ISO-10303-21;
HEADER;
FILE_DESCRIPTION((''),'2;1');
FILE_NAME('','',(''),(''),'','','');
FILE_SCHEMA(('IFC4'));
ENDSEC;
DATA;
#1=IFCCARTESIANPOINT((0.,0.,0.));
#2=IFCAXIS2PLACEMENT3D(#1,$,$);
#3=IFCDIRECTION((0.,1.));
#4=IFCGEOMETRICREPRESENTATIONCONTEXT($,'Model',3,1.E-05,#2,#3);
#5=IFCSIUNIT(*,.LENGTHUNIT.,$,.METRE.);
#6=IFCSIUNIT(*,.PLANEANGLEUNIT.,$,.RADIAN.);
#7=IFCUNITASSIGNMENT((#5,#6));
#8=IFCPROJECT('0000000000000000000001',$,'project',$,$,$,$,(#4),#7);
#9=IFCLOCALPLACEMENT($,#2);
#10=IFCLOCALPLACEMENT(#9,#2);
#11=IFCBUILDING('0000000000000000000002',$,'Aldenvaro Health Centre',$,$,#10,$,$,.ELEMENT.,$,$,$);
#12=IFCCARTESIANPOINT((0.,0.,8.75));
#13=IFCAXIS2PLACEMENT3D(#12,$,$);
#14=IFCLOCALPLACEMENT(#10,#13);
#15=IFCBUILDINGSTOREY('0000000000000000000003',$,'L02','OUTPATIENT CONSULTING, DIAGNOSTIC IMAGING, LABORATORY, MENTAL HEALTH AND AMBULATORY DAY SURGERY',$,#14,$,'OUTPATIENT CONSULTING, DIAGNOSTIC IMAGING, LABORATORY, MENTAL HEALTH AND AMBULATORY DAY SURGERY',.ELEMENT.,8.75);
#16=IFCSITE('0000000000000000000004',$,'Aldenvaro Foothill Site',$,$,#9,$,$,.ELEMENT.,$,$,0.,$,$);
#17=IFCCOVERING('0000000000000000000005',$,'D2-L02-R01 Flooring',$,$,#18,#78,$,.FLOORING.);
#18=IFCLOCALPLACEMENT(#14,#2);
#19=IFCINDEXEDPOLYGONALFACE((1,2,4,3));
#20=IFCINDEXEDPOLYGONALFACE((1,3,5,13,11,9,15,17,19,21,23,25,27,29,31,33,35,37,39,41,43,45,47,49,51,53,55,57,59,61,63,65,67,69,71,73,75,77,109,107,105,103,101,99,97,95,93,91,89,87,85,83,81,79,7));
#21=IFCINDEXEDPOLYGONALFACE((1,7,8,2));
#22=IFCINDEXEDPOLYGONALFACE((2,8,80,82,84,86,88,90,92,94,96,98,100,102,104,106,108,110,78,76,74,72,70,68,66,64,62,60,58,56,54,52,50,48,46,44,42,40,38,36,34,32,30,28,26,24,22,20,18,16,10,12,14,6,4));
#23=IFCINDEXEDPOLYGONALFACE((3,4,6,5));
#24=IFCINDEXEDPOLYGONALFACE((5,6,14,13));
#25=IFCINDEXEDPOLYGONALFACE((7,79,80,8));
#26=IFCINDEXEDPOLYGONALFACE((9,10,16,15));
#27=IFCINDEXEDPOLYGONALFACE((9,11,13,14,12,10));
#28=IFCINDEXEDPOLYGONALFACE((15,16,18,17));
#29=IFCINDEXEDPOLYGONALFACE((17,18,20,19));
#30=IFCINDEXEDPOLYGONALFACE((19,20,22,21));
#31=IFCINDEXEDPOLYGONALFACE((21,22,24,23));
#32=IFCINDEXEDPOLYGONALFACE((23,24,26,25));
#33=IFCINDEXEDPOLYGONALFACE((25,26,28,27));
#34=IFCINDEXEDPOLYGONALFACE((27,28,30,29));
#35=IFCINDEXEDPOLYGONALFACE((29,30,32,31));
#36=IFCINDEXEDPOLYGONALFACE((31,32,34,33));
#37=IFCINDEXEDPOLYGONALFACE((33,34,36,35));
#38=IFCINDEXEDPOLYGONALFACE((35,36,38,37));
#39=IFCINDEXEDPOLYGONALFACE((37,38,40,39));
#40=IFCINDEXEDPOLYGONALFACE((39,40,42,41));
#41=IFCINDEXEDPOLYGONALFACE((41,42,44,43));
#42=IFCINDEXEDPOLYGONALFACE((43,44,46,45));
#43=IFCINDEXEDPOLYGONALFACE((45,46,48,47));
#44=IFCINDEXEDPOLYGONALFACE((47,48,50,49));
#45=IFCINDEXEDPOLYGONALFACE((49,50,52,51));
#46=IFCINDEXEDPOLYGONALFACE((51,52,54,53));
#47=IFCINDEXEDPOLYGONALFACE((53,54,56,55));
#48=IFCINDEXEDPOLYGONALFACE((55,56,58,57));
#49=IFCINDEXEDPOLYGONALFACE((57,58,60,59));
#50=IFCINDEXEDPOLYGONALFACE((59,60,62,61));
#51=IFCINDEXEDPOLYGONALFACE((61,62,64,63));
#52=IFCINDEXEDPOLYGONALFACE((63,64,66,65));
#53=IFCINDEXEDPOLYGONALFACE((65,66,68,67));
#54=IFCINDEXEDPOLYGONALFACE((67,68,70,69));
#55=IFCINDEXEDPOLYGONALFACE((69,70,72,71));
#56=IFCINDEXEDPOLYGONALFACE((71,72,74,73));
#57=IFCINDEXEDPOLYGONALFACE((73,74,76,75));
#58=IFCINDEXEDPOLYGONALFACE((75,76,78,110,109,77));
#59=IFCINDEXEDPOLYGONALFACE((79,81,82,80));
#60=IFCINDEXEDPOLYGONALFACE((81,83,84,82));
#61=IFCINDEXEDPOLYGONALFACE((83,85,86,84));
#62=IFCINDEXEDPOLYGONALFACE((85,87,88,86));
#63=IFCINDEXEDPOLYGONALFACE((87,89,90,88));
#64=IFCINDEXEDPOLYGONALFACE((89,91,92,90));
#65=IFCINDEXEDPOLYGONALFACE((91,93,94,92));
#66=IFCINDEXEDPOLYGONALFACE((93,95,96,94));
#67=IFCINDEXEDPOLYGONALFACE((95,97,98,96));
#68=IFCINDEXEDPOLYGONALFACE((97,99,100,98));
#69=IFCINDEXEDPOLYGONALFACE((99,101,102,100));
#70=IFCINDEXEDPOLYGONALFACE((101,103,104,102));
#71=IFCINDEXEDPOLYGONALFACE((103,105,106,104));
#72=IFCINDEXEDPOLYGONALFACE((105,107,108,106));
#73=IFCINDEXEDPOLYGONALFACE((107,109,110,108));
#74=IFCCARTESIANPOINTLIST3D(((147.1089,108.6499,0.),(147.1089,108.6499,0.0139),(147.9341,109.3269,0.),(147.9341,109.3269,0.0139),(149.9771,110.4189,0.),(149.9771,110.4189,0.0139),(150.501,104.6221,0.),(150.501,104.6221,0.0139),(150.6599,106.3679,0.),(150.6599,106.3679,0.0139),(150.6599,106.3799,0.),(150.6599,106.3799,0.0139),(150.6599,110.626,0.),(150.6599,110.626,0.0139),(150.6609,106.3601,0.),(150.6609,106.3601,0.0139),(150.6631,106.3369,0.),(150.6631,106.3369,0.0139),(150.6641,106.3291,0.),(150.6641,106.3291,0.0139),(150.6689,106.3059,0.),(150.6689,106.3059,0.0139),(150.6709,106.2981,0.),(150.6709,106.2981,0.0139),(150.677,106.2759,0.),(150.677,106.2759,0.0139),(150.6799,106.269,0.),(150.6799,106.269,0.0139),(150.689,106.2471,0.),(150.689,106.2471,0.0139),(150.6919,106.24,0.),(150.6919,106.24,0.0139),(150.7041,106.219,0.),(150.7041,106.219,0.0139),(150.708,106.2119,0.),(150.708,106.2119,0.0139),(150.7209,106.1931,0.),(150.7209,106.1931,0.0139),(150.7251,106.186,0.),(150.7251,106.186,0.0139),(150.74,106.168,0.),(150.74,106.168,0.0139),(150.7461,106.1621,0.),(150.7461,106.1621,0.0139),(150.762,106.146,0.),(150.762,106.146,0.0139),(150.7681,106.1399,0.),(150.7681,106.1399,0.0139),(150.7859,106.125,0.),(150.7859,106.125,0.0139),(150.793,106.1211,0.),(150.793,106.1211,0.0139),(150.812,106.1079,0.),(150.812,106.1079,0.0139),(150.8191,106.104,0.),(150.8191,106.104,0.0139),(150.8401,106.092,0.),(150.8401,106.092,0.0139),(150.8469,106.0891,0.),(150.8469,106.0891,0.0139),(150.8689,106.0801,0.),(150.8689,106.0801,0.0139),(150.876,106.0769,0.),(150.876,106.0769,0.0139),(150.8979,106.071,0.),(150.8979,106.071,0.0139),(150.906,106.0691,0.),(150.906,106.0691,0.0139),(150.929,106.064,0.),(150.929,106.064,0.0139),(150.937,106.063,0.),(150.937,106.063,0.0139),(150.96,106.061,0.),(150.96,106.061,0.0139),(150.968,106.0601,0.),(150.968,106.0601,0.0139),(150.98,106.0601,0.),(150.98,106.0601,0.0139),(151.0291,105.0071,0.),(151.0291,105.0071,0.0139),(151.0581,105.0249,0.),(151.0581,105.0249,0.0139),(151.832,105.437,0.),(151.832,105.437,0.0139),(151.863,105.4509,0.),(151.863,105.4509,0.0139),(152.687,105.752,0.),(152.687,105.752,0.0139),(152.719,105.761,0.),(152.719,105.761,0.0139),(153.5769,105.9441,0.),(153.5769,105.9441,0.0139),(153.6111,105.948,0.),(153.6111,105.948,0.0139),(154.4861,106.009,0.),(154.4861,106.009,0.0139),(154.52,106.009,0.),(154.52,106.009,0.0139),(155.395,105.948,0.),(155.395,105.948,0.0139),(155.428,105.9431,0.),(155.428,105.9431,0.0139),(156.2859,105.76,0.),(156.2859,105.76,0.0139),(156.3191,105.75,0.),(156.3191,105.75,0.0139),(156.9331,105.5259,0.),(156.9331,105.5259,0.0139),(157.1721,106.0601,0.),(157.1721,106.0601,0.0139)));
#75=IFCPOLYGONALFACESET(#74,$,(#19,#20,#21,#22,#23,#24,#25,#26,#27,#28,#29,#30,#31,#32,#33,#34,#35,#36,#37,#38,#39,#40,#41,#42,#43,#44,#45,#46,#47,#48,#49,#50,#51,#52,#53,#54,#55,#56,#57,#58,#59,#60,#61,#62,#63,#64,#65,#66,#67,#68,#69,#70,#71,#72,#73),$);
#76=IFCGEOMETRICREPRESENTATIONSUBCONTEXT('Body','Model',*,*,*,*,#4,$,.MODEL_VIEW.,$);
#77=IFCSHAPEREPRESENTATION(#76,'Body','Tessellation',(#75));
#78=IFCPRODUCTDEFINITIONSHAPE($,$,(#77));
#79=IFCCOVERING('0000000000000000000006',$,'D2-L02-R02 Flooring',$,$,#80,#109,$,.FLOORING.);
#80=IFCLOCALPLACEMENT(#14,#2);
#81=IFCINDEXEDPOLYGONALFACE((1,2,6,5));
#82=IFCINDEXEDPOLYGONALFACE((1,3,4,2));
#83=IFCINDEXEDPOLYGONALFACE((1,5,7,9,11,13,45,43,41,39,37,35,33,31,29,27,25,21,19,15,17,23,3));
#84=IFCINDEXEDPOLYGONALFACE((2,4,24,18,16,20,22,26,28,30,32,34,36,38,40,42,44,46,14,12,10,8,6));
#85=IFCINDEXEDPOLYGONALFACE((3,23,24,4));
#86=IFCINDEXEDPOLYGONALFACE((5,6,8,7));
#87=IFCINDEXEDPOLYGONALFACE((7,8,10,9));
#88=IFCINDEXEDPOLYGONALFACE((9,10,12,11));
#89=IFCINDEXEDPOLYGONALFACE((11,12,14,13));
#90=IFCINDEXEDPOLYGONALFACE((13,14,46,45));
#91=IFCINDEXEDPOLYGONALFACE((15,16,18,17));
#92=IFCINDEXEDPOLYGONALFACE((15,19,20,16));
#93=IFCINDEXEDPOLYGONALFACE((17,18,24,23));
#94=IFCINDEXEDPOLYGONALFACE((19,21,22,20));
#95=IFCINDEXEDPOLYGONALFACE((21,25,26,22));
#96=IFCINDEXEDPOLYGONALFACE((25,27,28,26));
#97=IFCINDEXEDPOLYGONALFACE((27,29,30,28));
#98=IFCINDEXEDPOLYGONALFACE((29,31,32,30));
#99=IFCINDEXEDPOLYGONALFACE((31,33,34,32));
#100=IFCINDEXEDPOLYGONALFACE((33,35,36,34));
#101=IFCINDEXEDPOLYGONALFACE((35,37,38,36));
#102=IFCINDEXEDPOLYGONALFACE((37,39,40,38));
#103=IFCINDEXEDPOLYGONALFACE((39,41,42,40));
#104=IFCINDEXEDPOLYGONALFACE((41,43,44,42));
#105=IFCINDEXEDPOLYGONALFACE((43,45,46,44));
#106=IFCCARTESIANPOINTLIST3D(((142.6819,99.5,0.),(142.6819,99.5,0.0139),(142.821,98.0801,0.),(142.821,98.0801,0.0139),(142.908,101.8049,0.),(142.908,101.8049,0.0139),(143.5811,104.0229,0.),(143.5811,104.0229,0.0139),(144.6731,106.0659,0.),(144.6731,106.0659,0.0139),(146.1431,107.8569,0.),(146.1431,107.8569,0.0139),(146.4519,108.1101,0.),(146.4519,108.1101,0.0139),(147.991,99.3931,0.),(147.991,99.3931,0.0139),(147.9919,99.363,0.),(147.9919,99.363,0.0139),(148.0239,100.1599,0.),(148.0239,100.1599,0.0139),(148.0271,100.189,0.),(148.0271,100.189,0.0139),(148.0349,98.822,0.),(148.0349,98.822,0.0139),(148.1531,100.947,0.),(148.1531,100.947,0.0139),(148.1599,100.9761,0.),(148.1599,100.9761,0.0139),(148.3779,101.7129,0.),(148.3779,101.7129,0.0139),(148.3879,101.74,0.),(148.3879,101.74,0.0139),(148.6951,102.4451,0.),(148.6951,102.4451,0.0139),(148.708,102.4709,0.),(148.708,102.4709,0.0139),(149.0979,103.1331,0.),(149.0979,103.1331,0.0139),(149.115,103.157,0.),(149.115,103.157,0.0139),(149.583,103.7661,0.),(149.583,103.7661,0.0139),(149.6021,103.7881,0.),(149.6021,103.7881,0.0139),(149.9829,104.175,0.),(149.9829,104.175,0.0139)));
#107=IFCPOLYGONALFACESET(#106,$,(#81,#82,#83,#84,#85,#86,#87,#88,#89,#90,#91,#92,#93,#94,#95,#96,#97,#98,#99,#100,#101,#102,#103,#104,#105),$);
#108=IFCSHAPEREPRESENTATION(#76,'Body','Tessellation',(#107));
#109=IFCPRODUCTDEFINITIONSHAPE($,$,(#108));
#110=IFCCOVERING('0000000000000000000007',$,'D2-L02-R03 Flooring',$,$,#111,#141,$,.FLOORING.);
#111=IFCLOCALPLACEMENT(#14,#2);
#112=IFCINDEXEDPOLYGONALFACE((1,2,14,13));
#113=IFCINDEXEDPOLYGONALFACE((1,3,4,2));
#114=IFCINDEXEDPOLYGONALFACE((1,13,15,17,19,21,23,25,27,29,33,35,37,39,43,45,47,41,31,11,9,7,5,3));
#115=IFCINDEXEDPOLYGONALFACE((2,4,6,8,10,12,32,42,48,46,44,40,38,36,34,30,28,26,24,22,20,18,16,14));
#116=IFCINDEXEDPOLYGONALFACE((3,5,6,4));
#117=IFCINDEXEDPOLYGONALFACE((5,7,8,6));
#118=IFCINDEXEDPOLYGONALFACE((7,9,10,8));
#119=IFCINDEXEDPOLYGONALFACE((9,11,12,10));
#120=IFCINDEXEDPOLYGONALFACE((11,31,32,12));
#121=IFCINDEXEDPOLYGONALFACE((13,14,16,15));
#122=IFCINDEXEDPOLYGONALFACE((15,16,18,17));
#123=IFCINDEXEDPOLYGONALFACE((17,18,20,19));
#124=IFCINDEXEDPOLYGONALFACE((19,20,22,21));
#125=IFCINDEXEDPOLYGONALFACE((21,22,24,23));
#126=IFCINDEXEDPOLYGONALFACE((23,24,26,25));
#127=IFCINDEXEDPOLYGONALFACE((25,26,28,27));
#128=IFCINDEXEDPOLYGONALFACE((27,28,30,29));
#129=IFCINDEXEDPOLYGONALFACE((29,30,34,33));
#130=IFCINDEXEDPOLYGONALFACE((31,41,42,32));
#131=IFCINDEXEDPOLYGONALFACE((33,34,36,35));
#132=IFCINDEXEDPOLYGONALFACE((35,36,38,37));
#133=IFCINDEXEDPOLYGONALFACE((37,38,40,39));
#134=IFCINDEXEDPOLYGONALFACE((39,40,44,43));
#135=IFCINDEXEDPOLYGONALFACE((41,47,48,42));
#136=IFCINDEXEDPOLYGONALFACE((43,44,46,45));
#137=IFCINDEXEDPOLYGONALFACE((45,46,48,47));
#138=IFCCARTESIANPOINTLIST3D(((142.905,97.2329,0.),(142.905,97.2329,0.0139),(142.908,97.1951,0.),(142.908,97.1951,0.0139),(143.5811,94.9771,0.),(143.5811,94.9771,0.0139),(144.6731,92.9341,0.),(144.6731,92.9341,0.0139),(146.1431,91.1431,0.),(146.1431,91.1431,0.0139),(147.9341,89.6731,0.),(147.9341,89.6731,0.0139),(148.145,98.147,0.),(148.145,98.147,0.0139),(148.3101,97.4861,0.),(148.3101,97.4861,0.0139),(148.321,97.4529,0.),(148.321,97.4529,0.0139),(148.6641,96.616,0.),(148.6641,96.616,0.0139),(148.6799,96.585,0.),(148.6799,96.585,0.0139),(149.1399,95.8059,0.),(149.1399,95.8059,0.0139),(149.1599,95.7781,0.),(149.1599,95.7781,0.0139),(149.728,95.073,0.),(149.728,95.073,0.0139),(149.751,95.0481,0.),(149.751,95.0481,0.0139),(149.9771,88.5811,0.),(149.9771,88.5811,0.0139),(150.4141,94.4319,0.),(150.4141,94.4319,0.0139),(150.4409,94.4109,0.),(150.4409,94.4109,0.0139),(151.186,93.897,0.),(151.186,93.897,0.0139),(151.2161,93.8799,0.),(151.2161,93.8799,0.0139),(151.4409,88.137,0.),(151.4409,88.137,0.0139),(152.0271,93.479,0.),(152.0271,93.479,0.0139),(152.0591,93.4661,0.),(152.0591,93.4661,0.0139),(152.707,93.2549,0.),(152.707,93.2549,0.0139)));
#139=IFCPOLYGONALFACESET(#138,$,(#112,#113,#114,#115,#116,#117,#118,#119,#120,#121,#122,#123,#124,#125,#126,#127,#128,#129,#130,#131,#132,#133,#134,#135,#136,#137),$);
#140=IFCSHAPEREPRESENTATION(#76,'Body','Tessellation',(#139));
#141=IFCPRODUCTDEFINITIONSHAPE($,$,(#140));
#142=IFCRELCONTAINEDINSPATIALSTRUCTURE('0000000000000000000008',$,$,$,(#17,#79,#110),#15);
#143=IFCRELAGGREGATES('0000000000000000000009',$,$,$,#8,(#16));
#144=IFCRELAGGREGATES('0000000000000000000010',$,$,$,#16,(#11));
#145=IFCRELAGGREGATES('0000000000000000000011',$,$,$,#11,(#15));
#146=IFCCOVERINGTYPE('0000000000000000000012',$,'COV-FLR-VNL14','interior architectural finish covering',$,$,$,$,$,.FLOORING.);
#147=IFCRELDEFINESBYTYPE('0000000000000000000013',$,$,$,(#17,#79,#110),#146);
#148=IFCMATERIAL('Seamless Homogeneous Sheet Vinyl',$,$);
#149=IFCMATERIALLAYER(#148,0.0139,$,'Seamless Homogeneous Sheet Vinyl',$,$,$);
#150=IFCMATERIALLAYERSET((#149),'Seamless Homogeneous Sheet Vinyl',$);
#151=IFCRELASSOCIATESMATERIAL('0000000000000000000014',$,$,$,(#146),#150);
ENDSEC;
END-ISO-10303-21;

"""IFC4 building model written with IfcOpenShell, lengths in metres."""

from ifc_helpers import new_model, si_unit, direction, frame, origin, place, context, subcontext, project, spatial, polyline, outline, extrude, material, layer, layer_set, type_object, element, save


model = new_model("IFC4")

# Units and contexts
model_context = context("Model", 3, precision=1e-05, world=origin(), true_north=direction((0.0, 1.0)))
body_context = subcontext(model_context, "Body", "Model", "MODEL_VIEW")
ifc_project = project(units=[si_unit("LENGTHUNIT", "METRE"), si_unit("PLANEANGLEUNIT", "RADIAN")], contexts=[model_context])

# Site, building, storey
site_placement = place(None, origin())
site = spatial("IfcSite", under=ifc_project, at=site_placement, Name="Aldenvaro Foothill Site", CompositionType="ELEMENT", RefElevation=0.0)
building_placement = place(site_placement, origin())
building = spatial("IfcBuilding", under=site, at=building_placement, Name="Aldenvaro Health Centre", CompositionType="ELEMENT")
storey_placement = place(building_placement, frame((0.0, 0.0, 8.75)))
storey = spatial("IfcBuildingStorey", under=building, at=storey_placement, Name="L02", Description="OUTPATIENT CONSULTING, DIAGNOSTIC IMAGING, LABORATORY, MENTAL HEALTH AND AMBULATORY DAY SURGERY", LongName="OUTPATIENT CONSULTING, DIAGNOSTIC IMAGING, LABORATORY, MENTAL HEALTH AND AMBULATORY DAY SURGERY", CompositionType="ELEMENT", Elevation=8.75)

# Coverings
ifc_material_1 = material(Name="Seamless Homogeneous Sheet Vinyl")
ifc_layer_1 = layer(ifc_material_1, 0.0139, Name="Seamless Homogeneous Sheet Vinyl")
ifc_layer_set_1 = layer_set([ifc_layer_1], Name="Seamless Homogeneous Sheet Vinyl")
covering_type_1 = type_object("IfcCoveringType", Name="COV-FLR-VNL14", Description="interior architectural finish covering", PredefinedType="FLOORING", material=ifc_layer_set_1)
covering_1_placement = place(storey_placement, origin())
element("IfcCovering", 1, at=covering_1_placement, inside=storey, type_object=covering_type_1, Name="D2-L02-R01 Flooring", PredefinedType="FLOORING", context=body_context, shape_type="SweptSolid", body=[
    extrude(outline(polyline([(156.3191, 105.75), (156.2859, 105.76), (155.428, 105.9431), (155.395, 105.948), (154.52, 106.009), (154.4861, 106.009), (153.6111, 105.948), (153.5769, 105.9441), (152.719, 105.761), (152.687, 105.752), (151.863, 105.4509), (151.832, 105.437), (151.0581, 105.0249), (151.0291, 105.0071), (150.501, 104.6221), (147.1089, 108.6499), (147.9341, 109.3269), (149.9771, 110.4189), (150.6599, 110.626), (150.6599, 106.3799), (150.6599, 106.3679), (150.6609, 106.3601), (150.6631, 106.3369), (150.6641, 106.3291), (150.6689, 106.3059), (150.6709, 106.2981), (150.677, 106.2759), (150.6799, 106.269), (150.689, 106.2471), (150.6919, 106.24), (150.7041, 106.219), (150.708, 106.2119), (150.7209, 106.1931), (150.7251, 106.186), (150.74, 106.168), (150.7461, 106.1621), (150.762, 106.146), (150.7681, 106.1399), (150.7859, 106.125), (150.793, 106.1211), (150.812, 106.1079), (150.8191, 106.104), (150.8401, 106.092), (150.8469, 106.0891), (150.8689, 106.0801), (150.876, 106.0769), (150.8979, 106.071), (150.906, 106.0691), (150.929, 106.064), (150.937, 106.063), (150.96, 106.061), (150.968, 106.0601), (150.98, 106.0601), (157.1721, 106.0601), (156.9331, 105.5259), (156.3191, 105.75)])), origin(), (0.0, 0.0, 1.0), 0.0139),
])
covering_2_placement = place(storey_placement, origin())
element("IfcCovering", 2, at=covering_2_placement, inside=storey, type_object=covering_type_1, Name="D2-L02-R02 Flooring", PredefinedType="FLOORING", context=body_context, shape_type="SweptSolid", body=[
    extrude(outline(polyline([(149.6021, 103.7881), (149.583, 103.7661), (149.115, 103.157), (149.0979, 103.1331), (148.708, 102.4709), (148.6951, 102.4451), (148.3879, 101.74), (148.3779, 101.7129), (148.1599, 100.9761), (148.1531, 100.947), (148.0271, 100.189), (148.0239, 100.1599), (147.991, 99.3931), (147.9919, 99.363), (148.0349, 98.822), (142.821, 98.0801), (142.6819, 99.5), (142.908, 101.8049), (143.5811, 104.0229), (144.6731, 106.0659), (146.1431, 107.8569), (146.4519, 108.1101), (149.9829, 104.175), (149.6021, 103.7881)])), origin(), (0.0, 0.0, 1.0), 0.0139),
])
covering_3_placement = place(storey_placement, origin())
element("IfcCovering", 3, at=covering_3_placement, inside=storey, type_object=covering_type_1, Name="D2-L02-R03 Flooring", PredefinedType="FLOORING", context=body_context, shape_type="SweptSolid", body=[
    extrude(outline(polyline([(148.3101, 97.4861), (148.321, 97.4529), (148.6641, 96.616), (148.6799, 96.585), (149.1399, 95.8059), (149.1599, 95.7781), (149.728, 95.073), (149.751, 95.0481), (150.4141, 94.4319), (150.4409, 94.4109), (151.186, 93.897), (151.2161, 93.8799), (152.0271, 93.479), (152.0591, 93.4661), (152.707, 93.2549), (151.4409, 88.137), (149.9771, 88.5811), (147.9341, 89.6731), (146.1431, 91.1431), (144.6731, 92.9341), (143.5811, 94.9771), (142.908, 97.1951), (142.905, 97.2329), (148.145, 98.147), (148.3101, 97.4861)])), origin(), (0.0, 0.0, 1.0), 0.0139),
])

save(model, "model.ifc")
